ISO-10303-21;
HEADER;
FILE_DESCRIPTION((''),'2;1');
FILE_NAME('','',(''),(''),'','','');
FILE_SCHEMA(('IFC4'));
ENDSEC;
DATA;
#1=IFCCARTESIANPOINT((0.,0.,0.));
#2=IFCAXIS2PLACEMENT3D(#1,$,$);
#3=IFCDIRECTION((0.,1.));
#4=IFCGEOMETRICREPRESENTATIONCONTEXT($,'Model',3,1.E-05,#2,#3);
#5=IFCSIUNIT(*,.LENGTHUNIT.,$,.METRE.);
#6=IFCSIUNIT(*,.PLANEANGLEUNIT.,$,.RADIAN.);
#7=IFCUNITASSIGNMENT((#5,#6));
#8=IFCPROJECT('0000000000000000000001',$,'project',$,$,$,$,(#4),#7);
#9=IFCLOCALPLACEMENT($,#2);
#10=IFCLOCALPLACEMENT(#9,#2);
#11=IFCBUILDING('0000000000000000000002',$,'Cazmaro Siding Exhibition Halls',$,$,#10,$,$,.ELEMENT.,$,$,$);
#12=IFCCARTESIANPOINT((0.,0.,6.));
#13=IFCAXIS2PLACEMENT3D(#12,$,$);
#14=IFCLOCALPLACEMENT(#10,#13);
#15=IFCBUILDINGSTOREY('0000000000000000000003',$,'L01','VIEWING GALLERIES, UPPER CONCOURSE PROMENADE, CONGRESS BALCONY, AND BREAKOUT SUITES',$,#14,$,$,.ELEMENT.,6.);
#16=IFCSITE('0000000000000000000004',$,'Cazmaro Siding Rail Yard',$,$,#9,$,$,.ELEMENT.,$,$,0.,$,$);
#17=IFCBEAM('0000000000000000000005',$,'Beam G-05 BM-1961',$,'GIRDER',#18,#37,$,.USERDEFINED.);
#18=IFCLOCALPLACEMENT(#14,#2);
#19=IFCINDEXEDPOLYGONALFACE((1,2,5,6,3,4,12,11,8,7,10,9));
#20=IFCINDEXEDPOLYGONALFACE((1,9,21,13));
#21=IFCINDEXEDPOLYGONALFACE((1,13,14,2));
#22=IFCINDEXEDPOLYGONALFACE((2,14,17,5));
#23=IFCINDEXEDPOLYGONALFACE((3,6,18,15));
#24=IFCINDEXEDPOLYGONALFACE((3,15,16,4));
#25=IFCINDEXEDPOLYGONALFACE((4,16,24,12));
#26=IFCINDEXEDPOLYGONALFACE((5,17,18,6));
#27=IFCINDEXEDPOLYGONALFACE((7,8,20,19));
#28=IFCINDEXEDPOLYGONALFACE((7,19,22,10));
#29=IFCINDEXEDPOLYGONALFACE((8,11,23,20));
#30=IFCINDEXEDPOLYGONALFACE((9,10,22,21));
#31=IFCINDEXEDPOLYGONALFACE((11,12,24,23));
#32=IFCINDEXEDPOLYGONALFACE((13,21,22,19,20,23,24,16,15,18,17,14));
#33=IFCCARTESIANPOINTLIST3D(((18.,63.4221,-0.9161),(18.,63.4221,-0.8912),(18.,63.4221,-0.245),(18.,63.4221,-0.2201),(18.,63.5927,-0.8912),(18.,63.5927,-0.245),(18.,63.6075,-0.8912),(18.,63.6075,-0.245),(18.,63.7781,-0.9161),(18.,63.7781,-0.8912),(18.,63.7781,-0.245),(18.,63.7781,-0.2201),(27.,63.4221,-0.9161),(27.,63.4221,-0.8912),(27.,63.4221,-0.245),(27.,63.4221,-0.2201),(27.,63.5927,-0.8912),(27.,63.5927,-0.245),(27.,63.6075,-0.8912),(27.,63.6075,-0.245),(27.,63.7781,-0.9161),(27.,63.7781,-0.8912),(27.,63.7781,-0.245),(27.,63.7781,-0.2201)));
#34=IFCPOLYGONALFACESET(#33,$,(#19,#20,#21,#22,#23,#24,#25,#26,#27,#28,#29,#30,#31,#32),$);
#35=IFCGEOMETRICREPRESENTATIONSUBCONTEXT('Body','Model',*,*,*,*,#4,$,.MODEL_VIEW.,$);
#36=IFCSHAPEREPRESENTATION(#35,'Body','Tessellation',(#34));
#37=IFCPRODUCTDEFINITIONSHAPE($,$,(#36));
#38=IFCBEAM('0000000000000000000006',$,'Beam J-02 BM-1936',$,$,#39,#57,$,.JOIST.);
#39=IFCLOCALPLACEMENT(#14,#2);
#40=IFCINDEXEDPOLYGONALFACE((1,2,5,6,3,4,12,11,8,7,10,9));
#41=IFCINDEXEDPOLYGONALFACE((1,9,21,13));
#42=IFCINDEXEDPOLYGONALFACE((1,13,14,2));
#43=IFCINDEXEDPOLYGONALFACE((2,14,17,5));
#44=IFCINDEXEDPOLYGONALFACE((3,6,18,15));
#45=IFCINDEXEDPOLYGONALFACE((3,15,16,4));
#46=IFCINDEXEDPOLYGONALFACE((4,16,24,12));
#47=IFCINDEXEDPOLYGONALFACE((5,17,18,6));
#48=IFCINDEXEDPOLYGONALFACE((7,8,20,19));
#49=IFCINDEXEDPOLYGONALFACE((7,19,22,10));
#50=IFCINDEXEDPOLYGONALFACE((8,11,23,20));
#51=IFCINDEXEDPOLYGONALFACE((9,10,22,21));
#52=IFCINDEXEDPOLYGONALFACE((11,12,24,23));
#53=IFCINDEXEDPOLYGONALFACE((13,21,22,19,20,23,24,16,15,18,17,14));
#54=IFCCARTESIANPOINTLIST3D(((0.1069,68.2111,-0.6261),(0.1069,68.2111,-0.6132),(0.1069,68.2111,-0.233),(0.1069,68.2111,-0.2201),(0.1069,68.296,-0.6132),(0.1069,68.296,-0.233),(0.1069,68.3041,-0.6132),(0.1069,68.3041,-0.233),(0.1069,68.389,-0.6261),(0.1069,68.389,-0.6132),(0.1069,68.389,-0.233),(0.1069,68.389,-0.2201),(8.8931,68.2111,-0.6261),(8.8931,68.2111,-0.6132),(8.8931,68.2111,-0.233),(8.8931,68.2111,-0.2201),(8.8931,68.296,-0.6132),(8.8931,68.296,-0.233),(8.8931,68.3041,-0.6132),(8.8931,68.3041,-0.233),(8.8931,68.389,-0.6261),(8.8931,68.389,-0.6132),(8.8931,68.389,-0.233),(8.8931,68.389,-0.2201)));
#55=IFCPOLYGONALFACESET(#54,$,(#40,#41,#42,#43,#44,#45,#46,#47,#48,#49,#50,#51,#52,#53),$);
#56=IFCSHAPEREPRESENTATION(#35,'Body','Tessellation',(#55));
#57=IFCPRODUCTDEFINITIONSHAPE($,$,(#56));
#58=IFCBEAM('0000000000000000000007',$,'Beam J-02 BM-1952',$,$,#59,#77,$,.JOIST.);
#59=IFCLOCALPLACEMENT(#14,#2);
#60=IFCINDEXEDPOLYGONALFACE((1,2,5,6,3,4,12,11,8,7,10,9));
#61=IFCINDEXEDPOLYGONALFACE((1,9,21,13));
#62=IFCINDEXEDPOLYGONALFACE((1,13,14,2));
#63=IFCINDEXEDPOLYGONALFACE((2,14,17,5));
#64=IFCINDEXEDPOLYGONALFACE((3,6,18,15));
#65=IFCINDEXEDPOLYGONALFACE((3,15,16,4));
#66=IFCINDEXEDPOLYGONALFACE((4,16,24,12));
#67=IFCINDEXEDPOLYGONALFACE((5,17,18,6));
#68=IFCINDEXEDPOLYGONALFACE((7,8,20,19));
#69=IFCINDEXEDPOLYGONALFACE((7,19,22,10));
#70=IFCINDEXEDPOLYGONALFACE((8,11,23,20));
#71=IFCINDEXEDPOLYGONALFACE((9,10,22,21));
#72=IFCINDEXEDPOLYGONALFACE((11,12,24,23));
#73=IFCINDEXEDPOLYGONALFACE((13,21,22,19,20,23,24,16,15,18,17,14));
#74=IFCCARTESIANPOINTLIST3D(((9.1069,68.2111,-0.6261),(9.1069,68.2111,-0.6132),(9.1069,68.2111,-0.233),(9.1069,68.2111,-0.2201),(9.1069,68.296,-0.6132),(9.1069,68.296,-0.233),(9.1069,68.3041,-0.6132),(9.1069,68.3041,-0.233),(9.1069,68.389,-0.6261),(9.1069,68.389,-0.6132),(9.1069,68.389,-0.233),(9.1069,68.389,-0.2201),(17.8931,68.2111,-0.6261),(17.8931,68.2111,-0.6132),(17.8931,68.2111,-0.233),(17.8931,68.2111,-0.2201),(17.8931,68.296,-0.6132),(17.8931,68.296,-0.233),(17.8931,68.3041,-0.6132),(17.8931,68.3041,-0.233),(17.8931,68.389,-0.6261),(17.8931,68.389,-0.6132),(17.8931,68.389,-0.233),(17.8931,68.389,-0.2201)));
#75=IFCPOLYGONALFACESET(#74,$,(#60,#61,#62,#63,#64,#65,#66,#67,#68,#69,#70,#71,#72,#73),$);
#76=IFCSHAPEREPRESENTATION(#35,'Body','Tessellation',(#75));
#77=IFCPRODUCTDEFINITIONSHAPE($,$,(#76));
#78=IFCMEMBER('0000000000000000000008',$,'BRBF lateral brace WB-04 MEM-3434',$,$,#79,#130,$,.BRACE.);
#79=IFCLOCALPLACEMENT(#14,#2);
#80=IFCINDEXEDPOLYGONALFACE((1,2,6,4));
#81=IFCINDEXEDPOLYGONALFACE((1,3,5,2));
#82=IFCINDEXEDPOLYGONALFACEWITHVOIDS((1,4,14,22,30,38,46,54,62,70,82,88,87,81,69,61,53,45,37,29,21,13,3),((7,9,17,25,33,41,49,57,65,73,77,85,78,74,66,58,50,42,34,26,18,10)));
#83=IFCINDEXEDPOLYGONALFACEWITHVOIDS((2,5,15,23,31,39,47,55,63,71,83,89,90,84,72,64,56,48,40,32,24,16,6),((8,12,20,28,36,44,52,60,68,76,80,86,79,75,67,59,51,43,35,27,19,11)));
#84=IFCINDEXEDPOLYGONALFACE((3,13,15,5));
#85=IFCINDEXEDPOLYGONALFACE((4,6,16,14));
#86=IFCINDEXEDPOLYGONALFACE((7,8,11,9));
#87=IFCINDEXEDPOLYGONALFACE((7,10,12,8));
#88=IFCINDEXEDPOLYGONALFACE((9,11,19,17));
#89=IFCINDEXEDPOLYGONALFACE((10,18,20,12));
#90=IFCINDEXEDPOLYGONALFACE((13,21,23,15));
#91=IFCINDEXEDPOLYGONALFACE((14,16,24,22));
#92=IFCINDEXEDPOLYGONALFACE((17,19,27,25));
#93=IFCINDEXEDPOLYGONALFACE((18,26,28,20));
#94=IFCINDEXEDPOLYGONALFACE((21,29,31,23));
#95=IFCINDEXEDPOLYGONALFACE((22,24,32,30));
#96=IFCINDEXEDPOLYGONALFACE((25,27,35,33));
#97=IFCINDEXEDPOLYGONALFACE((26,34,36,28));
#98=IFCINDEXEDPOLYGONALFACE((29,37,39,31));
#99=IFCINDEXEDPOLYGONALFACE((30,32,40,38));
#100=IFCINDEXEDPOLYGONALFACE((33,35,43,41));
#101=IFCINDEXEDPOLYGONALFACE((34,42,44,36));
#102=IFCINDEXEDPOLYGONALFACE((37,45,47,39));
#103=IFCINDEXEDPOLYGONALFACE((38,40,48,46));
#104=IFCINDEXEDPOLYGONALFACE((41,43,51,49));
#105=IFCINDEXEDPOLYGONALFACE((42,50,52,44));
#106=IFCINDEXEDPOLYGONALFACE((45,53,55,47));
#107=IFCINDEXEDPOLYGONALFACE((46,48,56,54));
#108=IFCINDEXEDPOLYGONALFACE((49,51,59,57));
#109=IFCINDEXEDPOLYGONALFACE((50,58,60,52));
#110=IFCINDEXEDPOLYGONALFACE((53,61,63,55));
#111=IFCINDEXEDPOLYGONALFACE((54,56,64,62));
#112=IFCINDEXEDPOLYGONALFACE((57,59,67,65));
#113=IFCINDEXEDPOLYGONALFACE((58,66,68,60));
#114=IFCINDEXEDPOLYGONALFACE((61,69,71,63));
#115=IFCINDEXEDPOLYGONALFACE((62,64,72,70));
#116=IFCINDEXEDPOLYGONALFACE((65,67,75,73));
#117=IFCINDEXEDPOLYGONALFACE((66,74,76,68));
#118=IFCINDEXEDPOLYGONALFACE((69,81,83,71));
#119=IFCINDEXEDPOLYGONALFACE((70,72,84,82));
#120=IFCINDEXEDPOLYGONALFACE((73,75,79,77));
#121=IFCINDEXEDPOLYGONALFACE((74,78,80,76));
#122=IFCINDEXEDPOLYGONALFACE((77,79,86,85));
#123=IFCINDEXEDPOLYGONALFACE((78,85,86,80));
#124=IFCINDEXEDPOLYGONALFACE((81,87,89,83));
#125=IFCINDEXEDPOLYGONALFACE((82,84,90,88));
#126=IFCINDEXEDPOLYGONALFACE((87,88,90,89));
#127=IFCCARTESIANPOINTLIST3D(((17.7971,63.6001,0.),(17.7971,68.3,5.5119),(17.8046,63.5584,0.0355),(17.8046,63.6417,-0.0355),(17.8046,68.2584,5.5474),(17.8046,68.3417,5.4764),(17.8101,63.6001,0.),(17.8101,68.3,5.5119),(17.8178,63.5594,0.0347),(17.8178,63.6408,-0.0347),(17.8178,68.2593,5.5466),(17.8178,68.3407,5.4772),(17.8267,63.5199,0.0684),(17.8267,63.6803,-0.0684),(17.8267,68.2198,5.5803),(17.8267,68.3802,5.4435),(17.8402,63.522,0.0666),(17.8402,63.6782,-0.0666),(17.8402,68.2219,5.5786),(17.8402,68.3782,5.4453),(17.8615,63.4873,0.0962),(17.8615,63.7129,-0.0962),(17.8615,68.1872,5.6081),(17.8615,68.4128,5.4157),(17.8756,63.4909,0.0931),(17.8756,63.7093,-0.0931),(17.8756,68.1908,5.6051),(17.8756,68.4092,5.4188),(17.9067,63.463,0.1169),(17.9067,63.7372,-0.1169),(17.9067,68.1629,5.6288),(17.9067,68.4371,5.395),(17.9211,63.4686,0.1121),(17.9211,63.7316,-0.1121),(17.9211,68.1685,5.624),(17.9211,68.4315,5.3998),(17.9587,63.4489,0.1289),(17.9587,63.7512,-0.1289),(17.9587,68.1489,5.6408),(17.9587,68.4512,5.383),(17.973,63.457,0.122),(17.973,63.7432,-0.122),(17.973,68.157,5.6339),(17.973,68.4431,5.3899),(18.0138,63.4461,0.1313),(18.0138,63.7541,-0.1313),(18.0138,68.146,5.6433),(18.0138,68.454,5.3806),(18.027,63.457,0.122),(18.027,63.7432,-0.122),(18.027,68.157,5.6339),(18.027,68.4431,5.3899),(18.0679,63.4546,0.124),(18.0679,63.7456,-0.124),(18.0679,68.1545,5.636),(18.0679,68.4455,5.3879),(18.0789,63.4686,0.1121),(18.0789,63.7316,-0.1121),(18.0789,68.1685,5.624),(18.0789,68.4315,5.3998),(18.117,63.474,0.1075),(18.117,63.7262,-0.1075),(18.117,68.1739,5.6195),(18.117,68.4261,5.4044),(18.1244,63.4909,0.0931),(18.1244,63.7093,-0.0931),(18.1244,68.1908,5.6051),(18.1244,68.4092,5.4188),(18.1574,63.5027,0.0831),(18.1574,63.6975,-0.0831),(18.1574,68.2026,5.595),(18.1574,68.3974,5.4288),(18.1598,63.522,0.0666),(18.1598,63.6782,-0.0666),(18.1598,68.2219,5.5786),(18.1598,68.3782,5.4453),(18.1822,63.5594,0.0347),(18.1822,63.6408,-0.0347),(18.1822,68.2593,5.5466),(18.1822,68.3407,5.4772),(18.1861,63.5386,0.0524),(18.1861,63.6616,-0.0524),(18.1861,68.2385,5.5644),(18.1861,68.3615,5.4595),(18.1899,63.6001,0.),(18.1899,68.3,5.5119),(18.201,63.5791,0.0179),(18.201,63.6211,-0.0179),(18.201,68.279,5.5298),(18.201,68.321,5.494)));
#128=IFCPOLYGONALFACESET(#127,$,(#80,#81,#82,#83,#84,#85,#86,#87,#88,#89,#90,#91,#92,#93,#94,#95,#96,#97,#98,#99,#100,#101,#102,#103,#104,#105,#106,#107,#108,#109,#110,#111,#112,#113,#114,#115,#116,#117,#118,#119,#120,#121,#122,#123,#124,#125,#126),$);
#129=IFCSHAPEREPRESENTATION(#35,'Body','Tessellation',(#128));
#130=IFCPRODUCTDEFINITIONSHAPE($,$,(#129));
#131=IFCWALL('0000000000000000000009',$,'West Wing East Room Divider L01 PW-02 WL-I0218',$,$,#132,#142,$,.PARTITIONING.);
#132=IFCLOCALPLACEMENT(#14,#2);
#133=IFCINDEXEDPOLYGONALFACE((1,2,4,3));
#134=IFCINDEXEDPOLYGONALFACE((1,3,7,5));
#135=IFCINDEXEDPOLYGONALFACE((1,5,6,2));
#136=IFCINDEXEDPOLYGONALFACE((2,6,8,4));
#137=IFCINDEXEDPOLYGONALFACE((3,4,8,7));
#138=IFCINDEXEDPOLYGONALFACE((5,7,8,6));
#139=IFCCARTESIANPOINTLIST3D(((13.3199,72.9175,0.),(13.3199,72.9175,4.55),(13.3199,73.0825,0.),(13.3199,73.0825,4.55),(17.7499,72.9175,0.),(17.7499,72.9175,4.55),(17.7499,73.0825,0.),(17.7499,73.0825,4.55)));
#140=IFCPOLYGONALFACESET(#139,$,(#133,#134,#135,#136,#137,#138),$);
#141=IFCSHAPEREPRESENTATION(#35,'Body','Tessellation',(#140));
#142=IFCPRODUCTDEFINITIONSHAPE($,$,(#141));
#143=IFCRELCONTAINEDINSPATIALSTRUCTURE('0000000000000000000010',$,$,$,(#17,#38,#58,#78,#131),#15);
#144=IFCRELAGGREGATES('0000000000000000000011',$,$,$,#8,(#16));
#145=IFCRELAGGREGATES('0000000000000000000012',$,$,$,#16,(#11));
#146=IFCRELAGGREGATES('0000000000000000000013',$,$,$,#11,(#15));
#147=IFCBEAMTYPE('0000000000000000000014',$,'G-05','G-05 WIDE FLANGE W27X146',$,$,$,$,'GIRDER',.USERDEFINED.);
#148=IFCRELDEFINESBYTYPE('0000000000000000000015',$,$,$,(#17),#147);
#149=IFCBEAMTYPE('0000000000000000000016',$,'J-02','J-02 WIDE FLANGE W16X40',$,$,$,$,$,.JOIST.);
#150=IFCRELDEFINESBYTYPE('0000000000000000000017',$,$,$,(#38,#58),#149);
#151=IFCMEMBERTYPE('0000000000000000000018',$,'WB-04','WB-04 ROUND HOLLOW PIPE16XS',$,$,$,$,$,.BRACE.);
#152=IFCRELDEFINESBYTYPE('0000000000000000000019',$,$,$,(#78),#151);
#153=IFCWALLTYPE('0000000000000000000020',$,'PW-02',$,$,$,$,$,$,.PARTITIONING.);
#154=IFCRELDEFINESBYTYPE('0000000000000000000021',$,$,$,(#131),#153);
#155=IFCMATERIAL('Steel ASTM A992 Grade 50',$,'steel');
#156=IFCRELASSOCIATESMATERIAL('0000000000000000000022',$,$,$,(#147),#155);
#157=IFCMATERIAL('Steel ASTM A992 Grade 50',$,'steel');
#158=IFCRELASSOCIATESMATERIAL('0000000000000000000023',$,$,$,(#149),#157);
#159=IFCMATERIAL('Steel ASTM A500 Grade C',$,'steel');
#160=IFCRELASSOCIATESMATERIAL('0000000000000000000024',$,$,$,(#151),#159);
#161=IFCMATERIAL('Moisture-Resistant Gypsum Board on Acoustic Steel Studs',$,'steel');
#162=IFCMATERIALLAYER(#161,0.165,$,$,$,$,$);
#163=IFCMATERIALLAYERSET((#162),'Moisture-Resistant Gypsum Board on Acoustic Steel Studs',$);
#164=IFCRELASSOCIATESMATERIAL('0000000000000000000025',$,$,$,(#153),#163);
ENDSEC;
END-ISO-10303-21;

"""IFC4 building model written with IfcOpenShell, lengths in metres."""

from ifc_helpers import new_model, si_unit, direction, frame, frame_2d, origin, origin_2d, place, context, subcontext, project, spatial, rectangle, hollow_circle, i_section, extrude, material, layer, layer_set, material_profile, profile_set, type_object, element, save


model = new_model("IFC4")

# Units and contexts
model_context = context("Model", 3, precision=1e-05, world=origin(), true_north=direction((0.0, 1.0)))
body_context = subcontext(model_context, "Body", "Model", "MODEL_VIEW")
ifc_project = project(units=[si_unit("LENGTHUNIT", "METRE"), si_unit("PLANEANGLEUNIT", "RADIAN")], contexts=[model_context])

# Site, building, storey
site_placement = place(None, origin())
site = spatial("IfcSite", under=ifc_project, at=site_placement, Name="Cazmaro Siding Rail Yard", CompositionType="ELEMENT", RefElevation=0.0)
building_placement = place(site_placement, origin())
building = spatial("IfcBuilding", under=site, at=building_placement, Name="Cazmaro Siding Exhibition Halls", CompositionType="ELEMENT")
storey_placement = place(building_placement, frame((0.0, 0.0, 6.0)))
storey = spatial("IfcBuildingStorey", under=building, at=storey_placement, Name="L01", Description="VIEWING GALLERIES, UPPER CONCOURSE PROMENADE, CONGRESS BALCONY, AND BREAKOUT SUITES", CompositionType="ELEMENT", Elevation=6.0)

# Beams
ifc_material_1 = material(Name="Steel ASTM A992 Grade 50", Category="steel")
ifc_material_profile_1 = material_profile(ifc_material_1, i_section(OverallWidth=0.356, OverallDepth=0.696, WebThickness=0.0149, FlangeThickness=0.0249, at=origin_2d()), Name="W27X146")
ifc_profile_set_1 = profile_set([ifc_material_profile_1], Name="Steel ASTM A992 Grade 50")
beam_type_1 = type_object("IfcBeamType", Name="G-05", Description="G-05 WIDE FLANGE W27X146", ElementType="GIRDER", PredefinedType="USERDEFINED", material=ifc_profile_set_1)
for number, where, z_axis, x_axis, name in (
    (1, (18.0, 63.6001, -0.5681), (1.0, 0.0, 0.0), (0.0, 1.0, 0.0), "Beam G-05 BM-1961"),
):
    element("IfcBeam", number, at=place(storey_placement, frame(where, z_axis=z_axis, x_axis=x_axis)), inside=storey, type_object=beam_type_1, Name=name, ObjectType="GIRDER", PredefinedType="USERDEFINED", context=body_context, shape_type="SweptSolid", body=[
        extrude(i_section(OverallWidth=0.356, OverallDepth=0.696, WebThickness=0.0149, FlangeThickness=0.0249, at=origin_2d()), origin(), (0.0, 0.0, 1.0), 9.0),
    ])
ifc_material_2 = material(Name="Steel ASTM A992 Grade 50", Category="steel")
ifc_material_profile_2 = material_profile(ifc_material_2, i_section(OverallWidth=0.178, OverallDepth=0.406, WebThickness=0.0081, FlangeThickness=0.0129, at=origin_2d()), Name="W16X40")
ifc_profile_set_2 = profile_set([ifc_material_profile_2], Name="Steel ASTM A992 Grade 50")
beam_type_2 = type_object("IfcBeamType", Name="J-02", Description="J-02 WIDE FLANGE W16X40", PredefinedType="JOIST", material=ifc_profile_set_2)
for number, where, z_axis, x_axis, name in (
    (2, (0.1069, 68.3, -0.4231), (1.0, 0.0, 0.0), (0.0, 1.0, 0.0), "Beam J-02 BM-1936"),
    (3, (9.1069, 68.3, -0.4231), (1.0, 0.0, 0.0), (0.0, 1.0, 0.0), "Beam J-02 BM-1952"),
):
    element("IfcBeam", number, at=place(storey_placement, frame(where, z_axis=z_axis, x_axis=x_axis)), inside=storey, type_object=beam_type_2, Name=name, PredefinedType="JOIST", context=body_context, shape_type="SweptSolid", body=[
        extrude(i_section(OverallWidth=0.178, OverallDepth=0.406, WebThickness=0.0081, FlangeThickness=0.0129, at=origin_2d()), origin(), (0.0, 0.0, 1.0), 8.7861),
    ])

# Member
ifc_material_3 = material(Name="Steel ASTM A500 Grade C", Category="steel")
ifc_material_profile_3 = material_profile(ifc_material_3, hollow_circle(Radius=0.2029, WallThickness=0.0129, at=origin_2d()), Name="PIPE16XS")
ifc_profile_set_3 = profile_set([ifc_material_profile_3], Name="Steel ASTM A500 Grade C")
member_type = type_object("IfcMemberType", Name="WB-04", Description="WB-04 ROUND HOLLOW PIPE16XS", PredefinedType="BRACE", material=ifc_profile_set_3)
member_placement = place(storey_placement, frame((18.0, 63.6001, 0.0), z_axis=(0.0, 0.648832, 0.760931), x_axis=(-1.0, 0.0, 0.0)))
element("IfcMember", 4, at=member_placement, inside=storey, type_object=member_type, Name="BRBF lateral brace WB-04 MEM-3434", PredefinedType="BRACE", context=body_context, shape_type="SweptSolid", body=[
    extrude(hollow_circle(Radius=0.2029, WallThickness=0.0129, at=origin_2d()), origin(), (0.0, 0.0, 1.0), 7.2437),
])

# Wall
ifc_material_4 = material(Name="Moisture-Resistant Gypsum Board on Acoustic Steel Studs", Category="steel")
ifc_layer_1 = layer(ifc_material_4, 0.165)
ifc_layer_set_1 = layer_set([ifc_layer_1], Name="Moisture-Resistant Gypsum Board on Acoustic Steel Studs")
wall_type_1 = type_object("IfcWallType", Name="PW-02", PredefinedType="PARTITIONING", material=ifc_layer_set_1)
wall_1_placement = place(storey_placement, frame((13.3201, 73.0, 0.0), z_axis=(0.0, 0.0, 1.0), x_axis=(1.0, 0.0, 0.0)))
element("IfcWall", 5, at=wall_1_placement, inside=storey, type_object=wall_type_1, Name="West Wing East Room Divider L01 PW-02 WL-I0218", PredefinedType="PARTITIONING", context=body_context, shape_type="SweptSolid", body=[
    extrude(rectangle(XDim=4.4299, YDim=0.165, at=frame_2d((2.2148, 0.0))), origin(), (0.0, 0.0, 1.0), 4.55),
])

save(model, "model.ifc")
